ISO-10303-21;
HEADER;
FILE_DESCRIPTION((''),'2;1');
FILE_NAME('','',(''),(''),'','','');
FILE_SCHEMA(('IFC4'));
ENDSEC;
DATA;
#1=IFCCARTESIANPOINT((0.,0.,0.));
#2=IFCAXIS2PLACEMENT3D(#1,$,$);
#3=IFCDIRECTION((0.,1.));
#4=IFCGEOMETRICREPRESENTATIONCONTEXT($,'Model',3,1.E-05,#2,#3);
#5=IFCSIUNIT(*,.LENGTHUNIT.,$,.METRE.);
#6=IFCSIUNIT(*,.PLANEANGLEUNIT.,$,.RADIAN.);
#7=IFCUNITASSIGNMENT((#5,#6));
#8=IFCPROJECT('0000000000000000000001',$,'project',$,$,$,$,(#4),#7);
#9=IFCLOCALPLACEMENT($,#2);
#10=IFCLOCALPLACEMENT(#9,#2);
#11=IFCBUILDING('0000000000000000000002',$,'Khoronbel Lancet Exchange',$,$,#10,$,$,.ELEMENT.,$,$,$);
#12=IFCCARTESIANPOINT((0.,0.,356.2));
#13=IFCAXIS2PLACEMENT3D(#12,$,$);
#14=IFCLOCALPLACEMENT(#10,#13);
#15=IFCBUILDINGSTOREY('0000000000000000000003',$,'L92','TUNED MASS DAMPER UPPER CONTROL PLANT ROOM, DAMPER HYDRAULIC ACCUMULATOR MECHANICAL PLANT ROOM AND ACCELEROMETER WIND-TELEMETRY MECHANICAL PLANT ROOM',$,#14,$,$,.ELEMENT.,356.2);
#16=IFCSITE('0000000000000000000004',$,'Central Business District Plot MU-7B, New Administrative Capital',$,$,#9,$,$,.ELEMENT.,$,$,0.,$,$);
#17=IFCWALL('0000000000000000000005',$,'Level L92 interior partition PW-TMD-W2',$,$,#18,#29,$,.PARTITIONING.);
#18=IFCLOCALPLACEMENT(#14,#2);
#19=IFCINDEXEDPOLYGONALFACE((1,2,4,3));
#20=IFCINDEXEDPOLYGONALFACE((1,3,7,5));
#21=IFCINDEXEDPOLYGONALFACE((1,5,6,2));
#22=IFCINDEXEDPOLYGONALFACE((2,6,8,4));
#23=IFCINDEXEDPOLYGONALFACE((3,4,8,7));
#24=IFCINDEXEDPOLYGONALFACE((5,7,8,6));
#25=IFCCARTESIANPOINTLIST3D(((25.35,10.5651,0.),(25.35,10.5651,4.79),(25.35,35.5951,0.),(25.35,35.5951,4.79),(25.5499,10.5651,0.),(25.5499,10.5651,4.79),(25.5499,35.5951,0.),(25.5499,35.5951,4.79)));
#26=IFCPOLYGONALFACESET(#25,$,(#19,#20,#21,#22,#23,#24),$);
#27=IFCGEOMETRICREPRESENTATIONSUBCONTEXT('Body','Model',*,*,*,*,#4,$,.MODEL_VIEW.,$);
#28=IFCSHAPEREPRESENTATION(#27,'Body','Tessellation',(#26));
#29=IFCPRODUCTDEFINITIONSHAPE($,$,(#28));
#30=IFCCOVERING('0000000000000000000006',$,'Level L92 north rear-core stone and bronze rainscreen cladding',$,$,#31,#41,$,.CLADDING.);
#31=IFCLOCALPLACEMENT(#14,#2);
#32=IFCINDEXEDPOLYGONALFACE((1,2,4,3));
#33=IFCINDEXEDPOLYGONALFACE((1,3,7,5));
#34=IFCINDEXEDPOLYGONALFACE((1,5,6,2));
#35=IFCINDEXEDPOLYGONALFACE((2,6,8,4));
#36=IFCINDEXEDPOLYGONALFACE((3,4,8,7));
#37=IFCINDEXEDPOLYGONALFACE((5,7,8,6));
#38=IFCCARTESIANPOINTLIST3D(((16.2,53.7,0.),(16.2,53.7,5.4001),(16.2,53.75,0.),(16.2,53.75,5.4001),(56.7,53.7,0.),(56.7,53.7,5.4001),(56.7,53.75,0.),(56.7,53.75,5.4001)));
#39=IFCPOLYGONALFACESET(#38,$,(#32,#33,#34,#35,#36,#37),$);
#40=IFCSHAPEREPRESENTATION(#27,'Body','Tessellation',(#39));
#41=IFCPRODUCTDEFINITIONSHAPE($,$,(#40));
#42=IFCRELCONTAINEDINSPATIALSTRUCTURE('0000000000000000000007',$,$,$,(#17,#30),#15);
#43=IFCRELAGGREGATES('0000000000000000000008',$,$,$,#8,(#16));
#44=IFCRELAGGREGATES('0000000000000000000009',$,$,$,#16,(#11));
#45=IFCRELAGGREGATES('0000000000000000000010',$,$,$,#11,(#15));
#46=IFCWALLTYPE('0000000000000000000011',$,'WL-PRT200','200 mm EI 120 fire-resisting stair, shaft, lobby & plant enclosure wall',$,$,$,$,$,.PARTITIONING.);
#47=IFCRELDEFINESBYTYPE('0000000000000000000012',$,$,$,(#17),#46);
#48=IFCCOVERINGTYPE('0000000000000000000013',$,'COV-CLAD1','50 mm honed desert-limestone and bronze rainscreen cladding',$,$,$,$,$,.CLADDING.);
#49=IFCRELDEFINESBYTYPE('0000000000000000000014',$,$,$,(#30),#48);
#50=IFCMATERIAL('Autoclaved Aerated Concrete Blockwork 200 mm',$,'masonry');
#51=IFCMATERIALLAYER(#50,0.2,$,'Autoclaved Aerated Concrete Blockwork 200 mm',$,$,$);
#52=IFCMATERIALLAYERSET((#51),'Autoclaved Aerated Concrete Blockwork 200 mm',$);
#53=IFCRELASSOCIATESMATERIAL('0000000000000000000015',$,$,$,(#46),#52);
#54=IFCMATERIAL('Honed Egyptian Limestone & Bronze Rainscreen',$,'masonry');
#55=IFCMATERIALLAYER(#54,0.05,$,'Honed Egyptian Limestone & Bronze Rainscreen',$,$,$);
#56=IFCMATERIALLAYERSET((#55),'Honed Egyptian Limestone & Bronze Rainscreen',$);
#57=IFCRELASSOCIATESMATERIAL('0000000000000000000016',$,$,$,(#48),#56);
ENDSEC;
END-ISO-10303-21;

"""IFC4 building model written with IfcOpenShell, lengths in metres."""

from ifc_helpers import new_model, si_unit, direction, frame, frame_2d, origin, place, context, subcontext, project, spatial, polyline, rectangle, outline, extrude, material, layer, layer_set, type_object, element, save


model = new_model("IFC4")

# Units and contexts
model_context = context("Model", 3, precision=1e-05, world=origin(), true_north=direction((0.0, 1.0)))
body_context = subcontext(model_context, "Body", "Model", "MODEL_VIEW")
ifc_project = project(units=[si_unit("LENGTHUNIT", "METRE"), si_unit("PLANEANGLEUNIT", "RADIAN")], contexts=[model_context])

# Site, building, storey
site_placement = place(None, origin())
site = spatial("IfcSite", under=ifc_project, at=site_placement, Name="Central Business District Plot MU-7B, New Administrative Capital", CompositionType="ELEMENT", RefElevation=0.0)
building_placement = place(site_placement, origin())
building = spatial("IfcBuilding", under=site, at=building_placement, Name="Khoronbel Lancet Exchange", CompositionType="ELEMENT")
storey_placement = place(building_placement, frame((0.0, 0.0, 356.2)))
storey = spatial("IfcBuildingStorey", under=building, at=storey_placement, Name="L92", Description="TUNED MASS DAMPER UPPER CONTROL PLANT ROOM, DAMPER HYDRAULIC ACCUMULATOR MECHANICAL PLANT ROOM AND ACCELEROMETER WIND-TELEMETRY MECHANICAL PLANT ROOM", CompositionType="ELEMENT", Elevation=356.2)

# Wall
ifc_material_1 = material(Name="Autoclaved Aerated Concrete Blockwork 200 mm", Category="masonry")
ifc_layer_1 = layer(ifc_material_1, 0.2, Name="Autoclaved Aerated Concrete Blockwork 200 mm")
ifc_layer_set_1 = layer_set([ifc_layer_1], Name="Autoclaved Aerated Concrete Blockwork 200 mm")
wall_type_1 = type_object("IfcWallType", Name="WL-PRT200", Description="200 mm EI 120 fire-resisting stair, shaft, lobby & plant enclosure wall", PredefinedType="PARTITIONING", material=ifc_layer_set_1)
wall_1_placement = place(storey_placement, frame((25.45, 10.5649, 0.0), z_axis=(0.0, 0.0, 1.0), x_axis=(0.0, 1.0, 0.0)))
element("IfcWall", 1, at=wall_1_placement, inside=storey, type_object=wall_type_1, Name="Level L92 interior partition PW-TMD-W2", PredefinedType="PARTITIONING", context=body_context, shape_type="SweptSolid", body=[
    extrude(rectangle(XDim=25.03, YDim=0.2, at=frame_2d((12.5151, 0.0))), origin(), (0.0, 0.0, 1.0), 4.79),
])

# Covering
ifc_material_2 = material(Name="Honed Egyptian Limestone & Bronze Rainscreen", Category="masonry")
ifc_layer_2 = layer(ifc_material_2, 0.05, Name="Honed Egyptian Limestone & Bronze Rainscreen")
ifc_layer_set_2 = layer_set([ifc_layer_2], Name="Honed Egyptian Limestone & Bronze Rainscreen")
covering_type = type_object("IfcCoveringType", Name="COV-CLAD1", Description="50 mm honed desert-limestone and bronze rainscreen cladding", PredefinedType="CLADDING", material=ifc_layer_set_2)
covering_placement = place(storey_placement, origin())
element("IfcCovering", 2, at=covering_placement, inside=storey, type_object=covering_type, Name="Level L92 north rear-core stone and bronze rainscreen cladding", PredefinedType="CLADDING", context=body_context, shape_type="SweptSolid", body=[
    extrude(outline(polyline([(16.2, 53.7), (56.7, 53.7), (56.7, 53.75), (16.2, 53.75), (16.2, 53.7)])), origin(), (0.0, 0.0, 1.0), 5.4001),
])

save(model, "model.ifc")
